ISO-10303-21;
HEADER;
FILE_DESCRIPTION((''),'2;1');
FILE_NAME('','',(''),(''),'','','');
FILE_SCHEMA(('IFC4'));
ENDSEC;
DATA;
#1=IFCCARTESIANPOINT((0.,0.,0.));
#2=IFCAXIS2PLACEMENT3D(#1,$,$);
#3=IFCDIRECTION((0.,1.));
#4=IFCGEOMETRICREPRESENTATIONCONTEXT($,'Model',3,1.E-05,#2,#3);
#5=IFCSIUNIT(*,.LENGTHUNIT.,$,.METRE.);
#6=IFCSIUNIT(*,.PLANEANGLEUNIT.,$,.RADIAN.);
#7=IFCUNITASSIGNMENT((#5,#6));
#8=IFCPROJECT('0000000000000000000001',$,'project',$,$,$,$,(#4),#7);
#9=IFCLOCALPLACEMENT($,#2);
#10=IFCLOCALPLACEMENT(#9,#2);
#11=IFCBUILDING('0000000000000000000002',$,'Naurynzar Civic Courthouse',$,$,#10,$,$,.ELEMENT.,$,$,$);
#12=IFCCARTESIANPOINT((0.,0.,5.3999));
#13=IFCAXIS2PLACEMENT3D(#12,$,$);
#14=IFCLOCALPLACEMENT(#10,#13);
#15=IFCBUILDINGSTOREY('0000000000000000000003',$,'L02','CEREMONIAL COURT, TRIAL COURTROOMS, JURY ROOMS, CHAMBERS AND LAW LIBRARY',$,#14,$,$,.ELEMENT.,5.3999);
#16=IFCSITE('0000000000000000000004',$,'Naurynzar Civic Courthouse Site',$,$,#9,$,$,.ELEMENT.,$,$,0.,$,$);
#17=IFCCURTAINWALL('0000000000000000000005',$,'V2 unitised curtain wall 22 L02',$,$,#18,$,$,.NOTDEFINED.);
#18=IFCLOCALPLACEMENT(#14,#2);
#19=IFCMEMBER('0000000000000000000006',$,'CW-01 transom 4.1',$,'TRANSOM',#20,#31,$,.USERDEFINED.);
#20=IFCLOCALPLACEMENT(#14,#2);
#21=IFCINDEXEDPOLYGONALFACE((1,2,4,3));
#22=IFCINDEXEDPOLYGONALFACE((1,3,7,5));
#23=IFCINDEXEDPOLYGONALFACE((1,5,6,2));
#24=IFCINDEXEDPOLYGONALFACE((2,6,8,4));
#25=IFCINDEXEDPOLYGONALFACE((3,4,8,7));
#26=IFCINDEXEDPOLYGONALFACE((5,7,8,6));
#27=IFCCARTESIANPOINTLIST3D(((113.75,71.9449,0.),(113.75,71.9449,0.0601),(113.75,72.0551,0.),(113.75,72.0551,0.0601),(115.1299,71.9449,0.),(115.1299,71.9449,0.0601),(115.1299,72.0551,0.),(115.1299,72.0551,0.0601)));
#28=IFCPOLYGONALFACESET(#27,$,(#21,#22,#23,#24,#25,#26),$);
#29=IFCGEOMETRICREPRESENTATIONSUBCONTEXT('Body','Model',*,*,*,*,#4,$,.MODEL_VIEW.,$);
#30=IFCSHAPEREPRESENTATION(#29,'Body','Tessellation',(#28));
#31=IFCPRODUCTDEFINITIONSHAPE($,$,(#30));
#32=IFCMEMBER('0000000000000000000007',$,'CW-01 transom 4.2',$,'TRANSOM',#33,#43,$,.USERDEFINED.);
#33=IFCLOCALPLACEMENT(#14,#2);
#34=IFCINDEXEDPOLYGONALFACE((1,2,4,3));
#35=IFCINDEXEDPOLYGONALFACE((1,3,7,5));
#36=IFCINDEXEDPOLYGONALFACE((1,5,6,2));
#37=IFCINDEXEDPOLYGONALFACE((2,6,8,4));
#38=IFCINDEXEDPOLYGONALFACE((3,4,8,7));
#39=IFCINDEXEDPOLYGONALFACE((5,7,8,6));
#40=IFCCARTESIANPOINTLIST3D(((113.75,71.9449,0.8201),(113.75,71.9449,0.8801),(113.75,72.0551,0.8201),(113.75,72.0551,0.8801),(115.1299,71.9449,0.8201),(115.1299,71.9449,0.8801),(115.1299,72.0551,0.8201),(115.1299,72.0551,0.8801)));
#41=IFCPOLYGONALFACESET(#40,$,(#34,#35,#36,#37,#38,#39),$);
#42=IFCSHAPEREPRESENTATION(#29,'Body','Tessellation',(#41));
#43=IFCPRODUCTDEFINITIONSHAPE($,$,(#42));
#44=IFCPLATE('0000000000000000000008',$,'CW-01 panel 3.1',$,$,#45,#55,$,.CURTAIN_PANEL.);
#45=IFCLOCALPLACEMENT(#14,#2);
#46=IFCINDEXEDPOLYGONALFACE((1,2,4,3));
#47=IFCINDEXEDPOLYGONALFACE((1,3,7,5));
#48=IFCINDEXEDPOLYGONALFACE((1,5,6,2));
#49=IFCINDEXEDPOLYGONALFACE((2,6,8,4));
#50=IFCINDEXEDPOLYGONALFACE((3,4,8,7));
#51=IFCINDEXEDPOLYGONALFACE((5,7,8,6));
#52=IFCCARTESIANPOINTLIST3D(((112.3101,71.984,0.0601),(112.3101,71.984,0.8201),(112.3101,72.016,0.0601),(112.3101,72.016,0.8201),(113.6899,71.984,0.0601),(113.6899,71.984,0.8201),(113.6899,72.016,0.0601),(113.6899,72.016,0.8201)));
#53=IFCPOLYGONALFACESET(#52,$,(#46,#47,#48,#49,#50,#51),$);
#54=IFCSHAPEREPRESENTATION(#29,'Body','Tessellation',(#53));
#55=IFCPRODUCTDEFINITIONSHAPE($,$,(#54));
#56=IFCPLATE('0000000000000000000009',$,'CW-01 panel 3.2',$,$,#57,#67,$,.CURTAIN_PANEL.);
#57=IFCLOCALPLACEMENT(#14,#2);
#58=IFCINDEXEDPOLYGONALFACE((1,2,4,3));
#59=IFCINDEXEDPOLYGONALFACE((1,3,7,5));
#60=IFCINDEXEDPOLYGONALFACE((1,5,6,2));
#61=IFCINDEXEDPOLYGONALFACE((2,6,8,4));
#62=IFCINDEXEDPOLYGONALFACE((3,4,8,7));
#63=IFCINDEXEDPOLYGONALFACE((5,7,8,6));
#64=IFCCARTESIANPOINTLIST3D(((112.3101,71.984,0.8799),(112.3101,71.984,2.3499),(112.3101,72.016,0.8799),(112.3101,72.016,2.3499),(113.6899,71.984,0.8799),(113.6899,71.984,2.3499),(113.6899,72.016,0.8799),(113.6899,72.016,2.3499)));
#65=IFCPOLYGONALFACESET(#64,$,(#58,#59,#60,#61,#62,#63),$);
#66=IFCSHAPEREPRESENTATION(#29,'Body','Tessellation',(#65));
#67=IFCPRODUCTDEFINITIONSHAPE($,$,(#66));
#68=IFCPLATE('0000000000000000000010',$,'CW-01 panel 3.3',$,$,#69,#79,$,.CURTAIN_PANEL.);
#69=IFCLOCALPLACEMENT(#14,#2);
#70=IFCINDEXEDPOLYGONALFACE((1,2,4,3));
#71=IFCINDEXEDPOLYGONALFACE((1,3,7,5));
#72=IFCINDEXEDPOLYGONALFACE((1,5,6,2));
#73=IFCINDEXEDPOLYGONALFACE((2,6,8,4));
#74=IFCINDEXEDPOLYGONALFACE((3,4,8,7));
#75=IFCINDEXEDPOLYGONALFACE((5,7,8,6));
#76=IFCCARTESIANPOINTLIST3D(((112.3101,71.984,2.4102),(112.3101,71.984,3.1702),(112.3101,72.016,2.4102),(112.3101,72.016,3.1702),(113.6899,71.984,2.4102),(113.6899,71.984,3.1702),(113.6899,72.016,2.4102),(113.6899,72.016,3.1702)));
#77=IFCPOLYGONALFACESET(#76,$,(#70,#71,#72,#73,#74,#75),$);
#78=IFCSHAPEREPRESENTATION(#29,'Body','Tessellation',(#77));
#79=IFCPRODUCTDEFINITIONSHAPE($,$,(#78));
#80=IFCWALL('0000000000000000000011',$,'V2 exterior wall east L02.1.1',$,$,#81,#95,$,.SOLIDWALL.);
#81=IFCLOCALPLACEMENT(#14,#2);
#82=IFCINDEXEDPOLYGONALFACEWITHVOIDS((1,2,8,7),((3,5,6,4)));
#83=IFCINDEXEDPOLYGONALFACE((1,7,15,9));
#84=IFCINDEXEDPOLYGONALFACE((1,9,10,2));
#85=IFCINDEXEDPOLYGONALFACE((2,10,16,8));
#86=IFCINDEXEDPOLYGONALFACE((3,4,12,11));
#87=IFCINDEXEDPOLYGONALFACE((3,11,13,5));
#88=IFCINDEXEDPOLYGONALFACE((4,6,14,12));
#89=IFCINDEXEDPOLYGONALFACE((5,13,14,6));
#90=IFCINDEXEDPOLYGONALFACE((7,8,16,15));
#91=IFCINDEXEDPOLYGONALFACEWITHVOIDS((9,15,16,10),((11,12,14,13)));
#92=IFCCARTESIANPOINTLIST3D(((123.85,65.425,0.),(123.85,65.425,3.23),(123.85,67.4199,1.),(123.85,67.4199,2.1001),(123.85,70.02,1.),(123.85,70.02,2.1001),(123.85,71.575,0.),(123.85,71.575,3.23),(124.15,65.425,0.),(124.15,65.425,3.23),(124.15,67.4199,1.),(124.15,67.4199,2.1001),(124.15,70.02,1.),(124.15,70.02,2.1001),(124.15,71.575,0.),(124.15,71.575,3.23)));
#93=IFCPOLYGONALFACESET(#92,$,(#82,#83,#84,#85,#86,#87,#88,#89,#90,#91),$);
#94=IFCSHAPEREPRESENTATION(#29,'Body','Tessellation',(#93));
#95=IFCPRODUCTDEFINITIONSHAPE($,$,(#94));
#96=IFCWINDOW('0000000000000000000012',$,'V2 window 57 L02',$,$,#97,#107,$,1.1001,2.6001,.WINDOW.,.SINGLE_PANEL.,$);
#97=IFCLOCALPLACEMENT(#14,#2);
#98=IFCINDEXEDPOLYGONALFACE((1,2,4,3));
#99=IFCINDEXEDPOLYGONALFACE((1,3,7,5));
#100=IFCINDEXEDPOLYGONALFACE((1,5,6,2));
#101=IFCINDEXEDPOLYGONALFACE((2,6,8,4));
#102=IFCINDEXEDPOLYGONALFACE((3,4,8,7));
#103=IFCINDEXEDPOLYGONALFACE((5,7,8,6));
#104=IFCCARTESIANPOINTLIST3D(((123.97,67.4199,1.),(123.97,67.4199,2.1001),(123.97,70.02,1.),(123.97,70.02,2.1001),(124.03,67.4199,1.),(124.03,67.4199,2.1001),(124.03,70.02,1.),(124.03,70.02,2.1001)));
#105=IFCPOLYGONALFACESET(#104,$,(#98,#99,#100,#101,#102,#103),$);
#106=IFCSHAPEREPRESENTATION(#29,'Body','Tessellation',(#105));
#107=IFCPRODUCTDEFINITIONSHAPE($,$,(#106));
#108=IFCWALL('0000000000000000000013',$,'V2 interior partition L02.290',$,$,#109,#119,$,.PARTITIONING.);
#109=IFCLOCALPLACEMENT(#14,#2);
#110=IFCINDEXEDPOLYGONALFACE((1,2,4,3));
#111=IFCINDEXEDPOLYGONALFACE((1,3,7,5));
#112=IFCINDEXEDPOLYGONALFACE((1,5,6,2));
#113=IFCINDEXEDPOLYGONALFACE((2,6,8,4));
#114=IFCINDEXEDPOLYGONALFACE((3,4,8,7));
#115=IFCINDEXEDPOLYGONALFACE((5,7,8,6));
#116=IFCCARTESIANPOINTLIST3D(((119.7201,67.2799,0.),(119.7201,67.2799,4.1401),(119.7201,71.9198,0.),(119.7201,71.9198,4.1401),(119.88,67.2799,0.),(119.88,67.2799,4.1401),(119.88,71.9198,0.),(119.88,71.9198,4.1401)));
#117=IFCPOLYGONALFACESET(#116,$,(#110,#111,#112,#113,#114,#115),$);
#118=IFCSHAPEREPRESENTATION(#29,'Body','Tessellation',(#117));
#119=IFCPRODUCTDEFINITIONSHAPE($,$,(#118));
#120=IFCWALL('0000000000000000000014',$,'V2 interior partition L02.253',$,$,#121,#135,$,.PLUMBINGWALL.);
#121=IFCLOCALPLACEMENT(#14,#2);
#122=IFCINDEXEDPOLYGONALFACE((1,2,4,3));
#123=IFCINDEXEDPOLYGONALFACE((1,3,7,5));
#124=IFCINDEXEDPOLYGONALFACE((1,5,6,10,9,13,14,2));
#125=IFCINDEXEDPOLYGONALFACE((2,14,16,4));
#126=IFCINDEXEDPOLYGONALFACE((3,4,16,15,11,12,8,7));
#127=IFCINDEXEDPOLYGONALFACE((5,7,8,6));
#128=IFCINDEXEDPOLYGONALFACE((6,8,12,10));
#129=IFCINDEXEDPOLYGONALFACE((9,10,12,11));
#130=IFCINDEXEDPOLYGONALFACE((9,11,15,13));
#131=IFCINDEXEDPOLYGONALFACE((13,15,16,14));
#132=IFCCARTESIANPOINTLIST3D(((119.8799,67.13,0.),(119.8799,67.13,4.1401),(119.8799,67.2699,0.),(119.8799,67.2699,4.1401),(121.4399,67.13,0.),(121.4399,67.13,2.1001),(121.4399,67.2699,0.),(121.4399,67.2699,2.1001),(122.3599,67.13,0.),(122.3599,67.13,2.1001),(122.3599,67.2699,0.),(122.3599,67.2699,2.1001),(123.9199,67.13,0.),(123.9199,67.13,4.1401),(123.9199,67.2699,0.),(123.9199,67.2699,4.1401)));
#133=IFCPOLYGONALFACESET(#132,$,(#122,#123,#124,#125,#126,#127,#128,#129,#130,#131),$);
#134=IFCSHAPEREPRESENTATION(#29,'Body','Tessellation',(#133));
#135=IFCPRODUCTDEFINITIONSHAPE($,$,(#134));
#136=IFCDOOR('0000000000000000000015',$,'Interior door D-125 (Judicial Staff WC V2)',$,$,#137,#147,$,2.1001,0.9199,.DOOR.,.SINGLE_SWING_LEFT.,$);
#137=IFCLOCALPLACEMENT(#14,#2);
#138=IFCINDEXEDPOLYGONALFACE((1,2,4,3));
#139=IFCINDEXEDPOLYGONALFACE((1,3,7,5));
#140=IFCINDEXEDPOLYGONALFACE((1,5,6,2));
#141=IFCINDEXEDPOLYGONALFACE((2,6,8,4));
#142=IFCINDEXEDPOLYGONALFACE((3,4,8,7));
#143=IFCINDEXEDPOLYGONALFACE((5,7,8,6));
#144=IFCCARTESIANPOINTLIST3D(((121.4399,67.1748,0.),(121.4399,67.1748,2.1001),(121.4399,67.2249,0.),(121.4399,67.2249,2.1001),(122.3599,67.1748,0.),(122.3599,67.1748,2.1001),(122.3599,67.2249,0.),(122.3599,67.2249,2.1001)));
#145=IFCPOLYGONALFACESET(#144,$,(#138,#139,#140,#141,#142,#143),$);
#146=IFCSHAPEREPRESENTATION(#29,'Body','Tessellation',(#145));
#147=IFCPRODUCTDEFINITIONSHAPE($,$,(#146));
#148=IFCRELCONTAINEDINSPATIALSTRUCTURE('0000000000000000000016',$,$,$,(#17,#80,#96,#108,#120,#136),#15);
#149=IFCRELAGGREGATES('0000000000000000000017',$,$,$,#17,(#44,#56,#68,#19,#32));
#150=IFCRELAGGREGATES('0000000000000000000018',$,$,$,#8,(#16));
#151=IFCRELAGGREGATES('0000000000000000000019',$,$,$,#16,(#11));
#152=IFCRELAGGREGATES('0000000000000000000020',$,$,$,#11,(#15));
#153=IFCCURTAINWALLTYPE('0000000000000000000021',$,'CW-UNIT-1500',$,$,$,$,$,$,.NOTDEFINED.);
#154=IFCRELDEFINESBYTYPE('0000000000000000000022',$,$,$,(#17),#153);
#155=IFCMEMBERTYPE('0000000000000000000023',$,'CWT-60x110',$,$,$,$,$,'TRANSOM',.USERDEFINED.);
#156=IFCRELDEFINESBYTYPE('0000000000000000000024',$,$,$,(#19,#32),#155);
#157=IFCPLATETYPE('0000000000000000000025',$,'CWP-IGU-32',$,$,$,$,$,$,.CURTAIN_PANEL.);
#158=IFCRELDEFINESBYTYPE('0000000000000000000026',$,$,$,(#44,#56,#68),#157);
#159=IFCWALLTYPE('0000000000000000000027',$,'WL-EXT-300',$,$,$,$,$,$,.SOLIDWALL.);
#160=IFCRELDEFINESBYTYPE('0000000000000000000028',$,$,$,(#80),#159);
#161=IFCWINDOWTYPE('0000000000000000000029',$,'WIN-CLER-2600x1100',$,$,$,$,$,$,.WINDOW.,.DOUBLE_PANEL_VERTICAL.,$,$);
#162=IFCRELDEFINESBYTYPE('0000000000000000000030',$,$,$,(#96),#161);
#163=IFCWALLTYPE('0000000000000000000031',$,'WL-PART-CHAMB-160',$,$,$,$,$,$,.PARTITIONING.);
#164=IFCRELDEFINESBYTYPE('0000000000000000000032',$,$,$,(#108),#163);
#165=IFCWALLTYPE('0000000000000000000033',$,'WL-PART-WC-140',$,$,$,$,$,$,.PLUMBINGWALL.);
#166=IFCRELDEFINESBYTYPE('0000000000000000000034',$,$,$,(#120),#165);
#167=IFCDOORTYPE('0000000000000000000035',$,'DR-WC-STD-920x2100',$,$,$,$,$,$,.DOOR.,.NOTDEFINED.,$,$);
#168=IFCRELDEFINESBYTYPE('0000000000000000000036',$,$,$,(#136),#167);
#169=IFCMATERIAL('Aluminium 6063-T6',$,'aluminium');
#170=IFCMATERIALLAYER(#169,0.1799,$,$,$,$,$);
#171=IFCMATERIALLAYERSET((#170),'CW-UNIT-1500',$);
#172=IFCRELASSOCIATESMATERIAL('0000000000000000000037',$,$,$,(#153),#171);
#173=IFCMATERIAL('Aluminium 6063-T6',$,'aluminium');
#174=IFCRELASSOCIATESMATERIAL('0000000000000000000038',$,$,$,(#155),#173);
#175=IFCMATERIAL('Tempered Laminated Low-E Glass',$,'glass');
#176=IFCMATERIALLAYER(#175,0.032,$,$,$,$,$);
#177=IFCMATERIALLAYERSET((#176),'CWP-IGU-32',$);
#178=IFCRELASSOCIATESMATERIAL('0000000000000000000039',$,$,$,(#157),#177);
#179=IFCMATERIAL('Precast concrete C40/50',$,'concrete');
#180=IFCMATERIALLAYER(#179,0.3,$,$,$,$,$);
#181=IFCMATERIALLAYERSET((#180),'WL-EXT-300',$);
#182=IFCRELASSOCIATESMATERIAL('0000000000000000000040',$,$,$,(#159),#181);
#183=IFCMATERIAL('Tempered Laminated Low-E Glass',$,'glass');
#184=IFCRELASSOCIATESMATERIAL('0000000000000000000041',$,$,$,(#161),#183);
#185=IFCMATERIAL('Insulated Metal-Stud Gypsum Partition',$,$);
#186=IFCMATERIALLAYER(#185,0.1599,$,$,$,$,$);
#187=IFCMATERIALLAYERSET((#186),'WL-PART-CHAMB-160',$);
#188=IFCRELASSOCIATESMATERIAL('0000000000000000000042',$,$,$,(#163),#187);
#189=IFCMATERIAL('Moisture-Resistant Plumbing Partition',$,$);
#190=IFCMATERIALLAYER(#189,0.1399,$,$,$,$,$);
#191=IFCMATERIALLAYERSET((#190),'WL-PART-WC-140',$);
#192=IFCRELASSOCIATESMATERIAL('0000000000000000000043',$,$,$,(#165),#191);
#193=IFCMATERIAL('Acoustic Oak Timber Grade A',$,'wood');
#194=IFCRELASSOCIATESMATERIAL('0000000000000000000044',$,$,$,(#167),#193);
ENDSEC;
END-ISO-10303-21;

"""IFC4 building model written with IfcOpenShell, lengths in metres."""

from ifc_helpers import new_model, si_unit, direction, frame, frame_2d, origin, origin_2d, place, context, subcontext, project, spatial, rectangle, extrude, material, layer, layer_set, material_profile, profile_set, type_object, element, fill, aggregate, save


model = new_model("IFC4")

# Units and contexts
model_context = context("Model", 3, precision=1e-05, world=origin(), true_north=direction((0.0, 1.0)))
body_context = subcontext(model_context, "Body", "Model", "MODEL_VIEW")
ifc_project = project(units=[si_unit("LENGTHUNIT", "METRE"), si_unit("PLANEANGLEUNIT", "RADIAN")], contexts=[model_context])

# Site, building, storey
site_placement = place(None, origin())
site = spatial("IfcSite", under=ifc_project, at=site_placement, Name="Naurynzar Civic Courthouse Site", CompositionType="ELEMENT", RefElevation=0.0)
building_placement = place(site_placement, origin())
building = spatial("IfcBuilding", under=site, at=building_placement, Name="Naurynzar Civic Courthouse", CompositionType="ELEMENT")
storey_placement = place(building_placement, frame((0.0, 0.0, 5.3999)))
storey = spatial("IfcBuildingStorey", under=building, at=storey_placement, Name="L02", Description="CEREMONIAL COURT, TRIAL COURTROOMS, JURY ROOMS, CHAMBERS AND LAW LIBRARY", CompositionType="ELEMENT", Elevation=5.3999)

# Curtain wall, members, plates
ifc_material_1 = material(Name="Aluminium 6063-T6", Category="aluminium")
ifc_layer_1 = layer(ifc_material_1, 0.1799)
ifc_layer_set_1 = layer_set([ifc_layer_1], Name="CW-UNIT-1500")
curtain_wall_type = type_object("IfcCurtainWallType", Name="CW-UNIT-1500", PredefinedType="NOTDEFINED", material=ifc_layer_set_1)
curtain_wall_placement = place(storey_placement, origin())
curtain_wall = element("IfcCurtainWall", 1, at=curtain_wall_placement, inside=storey, type_object=curtain_wall_type, Name="V2 unitised curtain wall 22 L02", PredefinedType="NOTDEFINED")
ifc_material_2 = material(Name="Aluminium 6063-T6", Category="aluminium")
ifc_material_profile_1 = material_profile(ifc_material_2, rectangle(XDim=0.1101, YDim=0.0601, at=origin_2d()), Name="ALU TRANSOM 60x110")
ifc_profile_set_1 = profile_set([ifc_material_profile_1], Name="Aluminium 6063-T6")
member_type_1 = type_object("IfcMemberType", Name="CWT-60x110", ElementType="TRANSOM", PredefinedType="USERDEFINED", material=ifc_profile_set_1)
member_1_placement = place(storey_placement, frame((113.75, 72.0, 0.03), z_axis=(1.0, 0.0, 0.0), x_axis=(0.0, 1.0, 0.0)))
member_1 = element("IfcMember", 2, at=member_1_placement, type_object=member_type_1, Name="CW-01 transom 4.1", ObjectType="TRANSOM", PredefinedType="USERDEFINED", context=body_context, shape_type="SweptSolid", body=[
    extrude(rectangle(XDim=0.1101, YDim=0.0601, at=origin_2d()), origin(), (0.0, 0.0, 1.0), 1.3799),
])
member_2_placement = place(storey_placement, frame((113.75, 72.0, 0.8501), z_axis=(1.0, 0.0, 0.0), x_axis=(0.0, 1.0, 0.0)))
member_2 = element("IfcMember", 3, at=member_2_placement, type_object=member_type_1, Name="CW-01 transom 4.2", ObjectType="TRANSOM", PredefinedType="USERDEFINED", context=body_context, shape_type="SweptSolid", body=[
    extrude(rectangle(XDim=0.1101, YDim=0.0601, at=origin_2d()), origin(), (0.0, 0.0, 1.0), 1.3799),
])
ifc_material_3 = material(Name="Tempered Laminated Low-E Glass", Category="glass")
ifc_layer_2 = layer(ifc_material_3, 0.032)
ifc_layer_set_2 = layer_set([ifc_layer_2], Name="CWP-IGU-32")
plate_type = type_object("IfcPlateType", Name="CWP-IGU-32", PredefinedType="CURTAIN_PANEL", material=ifc_layer_set_2)
plate_1_placement = place(storey_placement, frame((113.0, 72.0, 0.0601), z_axis=(0.0, 0.0, 1.0), x_axis=(1.0, 0.0, 0.0)))
plate_1 = element("IfcPlate", 4, at=plate_1_placement, type_object=plate_type, Name="CW-01 panel 3.1", PredefinedType="CURTAIN_PANEL", context=body_context, shape_type="SweptSolid", body=[
    extrude(rectangle(XDim=1.3799, YDim=0.032, at=origin_2d()), origin(), (0.0, 0.0, 1.0), 0.76),
])
plate_2_placement = place(storey_placement, frame((113.0, 72.0, 0.8799), z_axis=(0.0, 0.0, 1.0), x_axis=(1.0, 0.0, 0.0)))
plate_2 = element("IfcPlate", 5, at=plate_2_placement, type_object=plate_type, Name="CW-01 panel 3.2", PredefinedType="CURTAIN_PANEL", context=body_context, shape_type="SweptSolid", body=[
    extrude(rectangle(XDim=1.3799, YDim=0.032, at=origin_2d()), origin(), (0.0, 0.0, 1.0), 1.47),
])
plate_3_placement = place(storey_placement, frame((113.0, 72.0, 2.4102), z_axis=(0.0, 0.0, 1.0), x_axis=(1.0, 0.0, 0.0)))
plate_3 = element("IfcPlate", 6, at=plate_3_placement, type_object=plate_type, Name="CW-01 panel 3.3", PredefinedType="CURTAIN_PANEL", context=body_context, shape_type="SweptSolid", body=[
    extrude(rectangle(XDim=1.3799, YDim=0.032, at=origin_2d()), origin(), (0.0, 0.0, 1.0), 0.76),
])
aggregate(curtain_wall, [plate_1, plate_2, plate_3, member_1, member_2])

# Wall, opening, window
ifc_material_4 = material(Name="Precast concrete C40/50", Category="concrete")
ifc_layer_3 = layer(ifc_material_4, 0.3)
ifc_layer_set_3 = layer_set([ifc_layer_3], Name="WL-EXT-300")
wall_type_1 = type_object("IfcWallType", Name="WL-EXT-300", PredefinedType="SOLIDWALL", material=ifc_layer_set_3)
wall_1_placement = place(storey_placement, frame((124.0, 71.575, 0.0), z_axis=(0.0, 0.0, 1.0), x_axis=(0.0, -1.0, 0.0)))
wall_1 = element("IfcWall", 7, at=wall_1_placement, inside=storey, type_object=wall_type_1, Name="V2 exterior wall east L02.1.1", PredefinedType="SOLIDWALL", context=body_context, shape_type="SweptSolid", body=[
    extrude(rectangle(XDim=6.1499, YDim=0.3, at=frame_2d((3.075, 0.0))), origin(), (0.0, 0.0, 1.0), 3.23),
])
opening_1_placement = place(wall_1_placement, frame((1.5549, 0.0, 1.0)))
opening_1 = element("IfcOpeningElement", 8, at=opening_1_placement, cuts=wall_1, PredefinedType="OPENING", context=body_context, shape_type="SweptSolid", body=[
    extrude(rectangle(XDim=2.6001, YDim=1.1001, at=frame_2d((1.3, 0.55))), frame((0.0, 0.1599, 0.0), z_axis=(0.0, -1.0, 0.0), x_axis=(1.0, 0.0, 0.0)), (0.0, 0.0, 1.0), 0.3201),
])
ifc_material_5 = material(Name="Tempered Laminated Low-E Glass", Category="glass")
window_type = type_object("IfcWindowType", Name="WIN-CLER-2600x1100", PartitioningType="DOUBLE_PANEL_VERTICAL", PredefinedType="WINDOW", material=ifc_material_5)
window_placement = place(opening_1_placement, origin())
window = element("IfcWindow", 9, at=window_placement, inside=storey, type_object=window_type, Name="V2 window 57 L02", OverallHeight=1.1001, OverallWidth=2.6001, PartitioningType="SINGLE_PANEL", PredefinedType="WINDOW", context=body_context, shape_type="SweptSolid", body=[
    extrude(rectangle(XDim=2.6001, YDim=1.1001, at=frame_2d((1.3, 0.55))), frame((0.0, 0.03, 0.0), z_axis=(0.0, -1.0, 0.0), x_axis=(1.0, 0.0, 0.0)), (0.0, 0.0, 1.0), 0.0601),
])
fill(opening_1, window)

# Wall
ifc_material_6 = material(Name="Insulated Metal-Stud Gypsum Partition")
ifc_layer_4 = layer(ifc_material_6, 0.1599)
ifc_layer_set_4 = layer_set([ifc_layer_4], Name="WL-PART-CHAMB-160")
wall_type_2 = type_object("IfcWallType", Name="WL-PART-CHAMB-160", PredefinedType="PARTITIONING", material=ifc_layer_set_4)
wall_2_placement = place(storey_placement, frame((119.8, 67.28, 0.0), z_axis=(0.0, 0.0, 1.0), x_axis=(0.0, 1.0, 0.0)))
element("IfcWall", 10, at=wall_2_placement, inside=storey, type_object=wall_type_2, Name="V2 interior partition L02.290", PredefinedType="PARTITIONING", context=body_context, shape_type="SweptSolid", body=[
    extrude(rectangle(XDim=4.6399, YDim=0.1599, at=frame_2d((2.3198, 0.0))), origin(), (0.0, 0.0, 1.0), 4.1401),
])

# Wall, opening, door
ifc_material_7 = material(Name="Moisture-Resistant Plumbing Partition")
ifc_layer_5 = layer(ifc_material_7, 0.1399)
ifc_layer_set_5 = layer_set([ifc_layer_5], Name="WL-PART-WC-140")
wall_type_3 = type_object("IfcWallType", Name="WL-PART-WC-140", PredefinedType="PLUMBINGWALL", material=ifc_layer_set_5)
wall_3_placement = place(storey_placement, frame((119.8799, 67.2, 0.0), z_axis=(0.0, 0.0, 1.0), x_axis=(1.0, 0.0, 0.0)))
wall_3 = element("IfcWall", 11, at=wall_3_placement, inside=storey, type_object=wall_type_3, Name="V2 interior partition L02.253", PredefinedType="PLUMBINGWALL", context=body_context, shape_type="SweptSolid", body=[
    extrude(rectangle(XDim=4.04, YDim=0.1399, at=frame_2d((2.02, 0.0))), origin(), (0.0, 0.0, 1.0), 4.1401),
])
opening_2_placement = place(wall_3_placement, frame((1.5601, 0.0, 0.0)))
opening_2 = element("IfcOpeningElement", 12, at=opening_2_placement, cuts=wall_3, PredefinedType="OPENING", context=body_context, shape_type="SweptSolid", body=[
    extrude(rectangle(XDim=0.9199, YDim=2.1001, at=frame_2d((0.46, 1.05))), frame((0.0, 0.0798, 0.0), z_axis=(0.0, -1.0, 0.0), x_axis=(1.0, 0.0, 0.0)), (0.0, 0.0, 1.0), 0.1599),
])
ifc_material_8 = material(Name="Acoustic Oak Timber Grade A", Category="wood")
door_type = type_object("IfcDoorType", Name="DR-WC-STD-920x2100", OperationType="NOTDEFINED", PredefinedType="DOOR", material=ifc_material_8)
door_placement = place(opening_2_placement, origin())
door = element("IfcDoor", 13, at=door_placement, inside=storey, type_object=door_type, Name="Interior door D-125 (Judicial Staff WC V2)", OperationType="SINGLE_SWING_LEFT", OverallHeight=2.1001, OverallWidth=0.9199, PredefinedType="DOOR", context=body_context, shape_type="SweptSolid", body=[
    extrude(rectangle(XDim=0.9199, YDim=2.1001, at=frame_2d((0.46, 1.05))), frame((0.0, 0.0249, 0.0), z_axis=(0.0, -1.0, 0.0), x_axis=(1.0, 0.0, 0.0)), (0.0, 0.0, 1.0), 0.05),
])
fill(opening_2, door)

save(model, "model.ifc")
